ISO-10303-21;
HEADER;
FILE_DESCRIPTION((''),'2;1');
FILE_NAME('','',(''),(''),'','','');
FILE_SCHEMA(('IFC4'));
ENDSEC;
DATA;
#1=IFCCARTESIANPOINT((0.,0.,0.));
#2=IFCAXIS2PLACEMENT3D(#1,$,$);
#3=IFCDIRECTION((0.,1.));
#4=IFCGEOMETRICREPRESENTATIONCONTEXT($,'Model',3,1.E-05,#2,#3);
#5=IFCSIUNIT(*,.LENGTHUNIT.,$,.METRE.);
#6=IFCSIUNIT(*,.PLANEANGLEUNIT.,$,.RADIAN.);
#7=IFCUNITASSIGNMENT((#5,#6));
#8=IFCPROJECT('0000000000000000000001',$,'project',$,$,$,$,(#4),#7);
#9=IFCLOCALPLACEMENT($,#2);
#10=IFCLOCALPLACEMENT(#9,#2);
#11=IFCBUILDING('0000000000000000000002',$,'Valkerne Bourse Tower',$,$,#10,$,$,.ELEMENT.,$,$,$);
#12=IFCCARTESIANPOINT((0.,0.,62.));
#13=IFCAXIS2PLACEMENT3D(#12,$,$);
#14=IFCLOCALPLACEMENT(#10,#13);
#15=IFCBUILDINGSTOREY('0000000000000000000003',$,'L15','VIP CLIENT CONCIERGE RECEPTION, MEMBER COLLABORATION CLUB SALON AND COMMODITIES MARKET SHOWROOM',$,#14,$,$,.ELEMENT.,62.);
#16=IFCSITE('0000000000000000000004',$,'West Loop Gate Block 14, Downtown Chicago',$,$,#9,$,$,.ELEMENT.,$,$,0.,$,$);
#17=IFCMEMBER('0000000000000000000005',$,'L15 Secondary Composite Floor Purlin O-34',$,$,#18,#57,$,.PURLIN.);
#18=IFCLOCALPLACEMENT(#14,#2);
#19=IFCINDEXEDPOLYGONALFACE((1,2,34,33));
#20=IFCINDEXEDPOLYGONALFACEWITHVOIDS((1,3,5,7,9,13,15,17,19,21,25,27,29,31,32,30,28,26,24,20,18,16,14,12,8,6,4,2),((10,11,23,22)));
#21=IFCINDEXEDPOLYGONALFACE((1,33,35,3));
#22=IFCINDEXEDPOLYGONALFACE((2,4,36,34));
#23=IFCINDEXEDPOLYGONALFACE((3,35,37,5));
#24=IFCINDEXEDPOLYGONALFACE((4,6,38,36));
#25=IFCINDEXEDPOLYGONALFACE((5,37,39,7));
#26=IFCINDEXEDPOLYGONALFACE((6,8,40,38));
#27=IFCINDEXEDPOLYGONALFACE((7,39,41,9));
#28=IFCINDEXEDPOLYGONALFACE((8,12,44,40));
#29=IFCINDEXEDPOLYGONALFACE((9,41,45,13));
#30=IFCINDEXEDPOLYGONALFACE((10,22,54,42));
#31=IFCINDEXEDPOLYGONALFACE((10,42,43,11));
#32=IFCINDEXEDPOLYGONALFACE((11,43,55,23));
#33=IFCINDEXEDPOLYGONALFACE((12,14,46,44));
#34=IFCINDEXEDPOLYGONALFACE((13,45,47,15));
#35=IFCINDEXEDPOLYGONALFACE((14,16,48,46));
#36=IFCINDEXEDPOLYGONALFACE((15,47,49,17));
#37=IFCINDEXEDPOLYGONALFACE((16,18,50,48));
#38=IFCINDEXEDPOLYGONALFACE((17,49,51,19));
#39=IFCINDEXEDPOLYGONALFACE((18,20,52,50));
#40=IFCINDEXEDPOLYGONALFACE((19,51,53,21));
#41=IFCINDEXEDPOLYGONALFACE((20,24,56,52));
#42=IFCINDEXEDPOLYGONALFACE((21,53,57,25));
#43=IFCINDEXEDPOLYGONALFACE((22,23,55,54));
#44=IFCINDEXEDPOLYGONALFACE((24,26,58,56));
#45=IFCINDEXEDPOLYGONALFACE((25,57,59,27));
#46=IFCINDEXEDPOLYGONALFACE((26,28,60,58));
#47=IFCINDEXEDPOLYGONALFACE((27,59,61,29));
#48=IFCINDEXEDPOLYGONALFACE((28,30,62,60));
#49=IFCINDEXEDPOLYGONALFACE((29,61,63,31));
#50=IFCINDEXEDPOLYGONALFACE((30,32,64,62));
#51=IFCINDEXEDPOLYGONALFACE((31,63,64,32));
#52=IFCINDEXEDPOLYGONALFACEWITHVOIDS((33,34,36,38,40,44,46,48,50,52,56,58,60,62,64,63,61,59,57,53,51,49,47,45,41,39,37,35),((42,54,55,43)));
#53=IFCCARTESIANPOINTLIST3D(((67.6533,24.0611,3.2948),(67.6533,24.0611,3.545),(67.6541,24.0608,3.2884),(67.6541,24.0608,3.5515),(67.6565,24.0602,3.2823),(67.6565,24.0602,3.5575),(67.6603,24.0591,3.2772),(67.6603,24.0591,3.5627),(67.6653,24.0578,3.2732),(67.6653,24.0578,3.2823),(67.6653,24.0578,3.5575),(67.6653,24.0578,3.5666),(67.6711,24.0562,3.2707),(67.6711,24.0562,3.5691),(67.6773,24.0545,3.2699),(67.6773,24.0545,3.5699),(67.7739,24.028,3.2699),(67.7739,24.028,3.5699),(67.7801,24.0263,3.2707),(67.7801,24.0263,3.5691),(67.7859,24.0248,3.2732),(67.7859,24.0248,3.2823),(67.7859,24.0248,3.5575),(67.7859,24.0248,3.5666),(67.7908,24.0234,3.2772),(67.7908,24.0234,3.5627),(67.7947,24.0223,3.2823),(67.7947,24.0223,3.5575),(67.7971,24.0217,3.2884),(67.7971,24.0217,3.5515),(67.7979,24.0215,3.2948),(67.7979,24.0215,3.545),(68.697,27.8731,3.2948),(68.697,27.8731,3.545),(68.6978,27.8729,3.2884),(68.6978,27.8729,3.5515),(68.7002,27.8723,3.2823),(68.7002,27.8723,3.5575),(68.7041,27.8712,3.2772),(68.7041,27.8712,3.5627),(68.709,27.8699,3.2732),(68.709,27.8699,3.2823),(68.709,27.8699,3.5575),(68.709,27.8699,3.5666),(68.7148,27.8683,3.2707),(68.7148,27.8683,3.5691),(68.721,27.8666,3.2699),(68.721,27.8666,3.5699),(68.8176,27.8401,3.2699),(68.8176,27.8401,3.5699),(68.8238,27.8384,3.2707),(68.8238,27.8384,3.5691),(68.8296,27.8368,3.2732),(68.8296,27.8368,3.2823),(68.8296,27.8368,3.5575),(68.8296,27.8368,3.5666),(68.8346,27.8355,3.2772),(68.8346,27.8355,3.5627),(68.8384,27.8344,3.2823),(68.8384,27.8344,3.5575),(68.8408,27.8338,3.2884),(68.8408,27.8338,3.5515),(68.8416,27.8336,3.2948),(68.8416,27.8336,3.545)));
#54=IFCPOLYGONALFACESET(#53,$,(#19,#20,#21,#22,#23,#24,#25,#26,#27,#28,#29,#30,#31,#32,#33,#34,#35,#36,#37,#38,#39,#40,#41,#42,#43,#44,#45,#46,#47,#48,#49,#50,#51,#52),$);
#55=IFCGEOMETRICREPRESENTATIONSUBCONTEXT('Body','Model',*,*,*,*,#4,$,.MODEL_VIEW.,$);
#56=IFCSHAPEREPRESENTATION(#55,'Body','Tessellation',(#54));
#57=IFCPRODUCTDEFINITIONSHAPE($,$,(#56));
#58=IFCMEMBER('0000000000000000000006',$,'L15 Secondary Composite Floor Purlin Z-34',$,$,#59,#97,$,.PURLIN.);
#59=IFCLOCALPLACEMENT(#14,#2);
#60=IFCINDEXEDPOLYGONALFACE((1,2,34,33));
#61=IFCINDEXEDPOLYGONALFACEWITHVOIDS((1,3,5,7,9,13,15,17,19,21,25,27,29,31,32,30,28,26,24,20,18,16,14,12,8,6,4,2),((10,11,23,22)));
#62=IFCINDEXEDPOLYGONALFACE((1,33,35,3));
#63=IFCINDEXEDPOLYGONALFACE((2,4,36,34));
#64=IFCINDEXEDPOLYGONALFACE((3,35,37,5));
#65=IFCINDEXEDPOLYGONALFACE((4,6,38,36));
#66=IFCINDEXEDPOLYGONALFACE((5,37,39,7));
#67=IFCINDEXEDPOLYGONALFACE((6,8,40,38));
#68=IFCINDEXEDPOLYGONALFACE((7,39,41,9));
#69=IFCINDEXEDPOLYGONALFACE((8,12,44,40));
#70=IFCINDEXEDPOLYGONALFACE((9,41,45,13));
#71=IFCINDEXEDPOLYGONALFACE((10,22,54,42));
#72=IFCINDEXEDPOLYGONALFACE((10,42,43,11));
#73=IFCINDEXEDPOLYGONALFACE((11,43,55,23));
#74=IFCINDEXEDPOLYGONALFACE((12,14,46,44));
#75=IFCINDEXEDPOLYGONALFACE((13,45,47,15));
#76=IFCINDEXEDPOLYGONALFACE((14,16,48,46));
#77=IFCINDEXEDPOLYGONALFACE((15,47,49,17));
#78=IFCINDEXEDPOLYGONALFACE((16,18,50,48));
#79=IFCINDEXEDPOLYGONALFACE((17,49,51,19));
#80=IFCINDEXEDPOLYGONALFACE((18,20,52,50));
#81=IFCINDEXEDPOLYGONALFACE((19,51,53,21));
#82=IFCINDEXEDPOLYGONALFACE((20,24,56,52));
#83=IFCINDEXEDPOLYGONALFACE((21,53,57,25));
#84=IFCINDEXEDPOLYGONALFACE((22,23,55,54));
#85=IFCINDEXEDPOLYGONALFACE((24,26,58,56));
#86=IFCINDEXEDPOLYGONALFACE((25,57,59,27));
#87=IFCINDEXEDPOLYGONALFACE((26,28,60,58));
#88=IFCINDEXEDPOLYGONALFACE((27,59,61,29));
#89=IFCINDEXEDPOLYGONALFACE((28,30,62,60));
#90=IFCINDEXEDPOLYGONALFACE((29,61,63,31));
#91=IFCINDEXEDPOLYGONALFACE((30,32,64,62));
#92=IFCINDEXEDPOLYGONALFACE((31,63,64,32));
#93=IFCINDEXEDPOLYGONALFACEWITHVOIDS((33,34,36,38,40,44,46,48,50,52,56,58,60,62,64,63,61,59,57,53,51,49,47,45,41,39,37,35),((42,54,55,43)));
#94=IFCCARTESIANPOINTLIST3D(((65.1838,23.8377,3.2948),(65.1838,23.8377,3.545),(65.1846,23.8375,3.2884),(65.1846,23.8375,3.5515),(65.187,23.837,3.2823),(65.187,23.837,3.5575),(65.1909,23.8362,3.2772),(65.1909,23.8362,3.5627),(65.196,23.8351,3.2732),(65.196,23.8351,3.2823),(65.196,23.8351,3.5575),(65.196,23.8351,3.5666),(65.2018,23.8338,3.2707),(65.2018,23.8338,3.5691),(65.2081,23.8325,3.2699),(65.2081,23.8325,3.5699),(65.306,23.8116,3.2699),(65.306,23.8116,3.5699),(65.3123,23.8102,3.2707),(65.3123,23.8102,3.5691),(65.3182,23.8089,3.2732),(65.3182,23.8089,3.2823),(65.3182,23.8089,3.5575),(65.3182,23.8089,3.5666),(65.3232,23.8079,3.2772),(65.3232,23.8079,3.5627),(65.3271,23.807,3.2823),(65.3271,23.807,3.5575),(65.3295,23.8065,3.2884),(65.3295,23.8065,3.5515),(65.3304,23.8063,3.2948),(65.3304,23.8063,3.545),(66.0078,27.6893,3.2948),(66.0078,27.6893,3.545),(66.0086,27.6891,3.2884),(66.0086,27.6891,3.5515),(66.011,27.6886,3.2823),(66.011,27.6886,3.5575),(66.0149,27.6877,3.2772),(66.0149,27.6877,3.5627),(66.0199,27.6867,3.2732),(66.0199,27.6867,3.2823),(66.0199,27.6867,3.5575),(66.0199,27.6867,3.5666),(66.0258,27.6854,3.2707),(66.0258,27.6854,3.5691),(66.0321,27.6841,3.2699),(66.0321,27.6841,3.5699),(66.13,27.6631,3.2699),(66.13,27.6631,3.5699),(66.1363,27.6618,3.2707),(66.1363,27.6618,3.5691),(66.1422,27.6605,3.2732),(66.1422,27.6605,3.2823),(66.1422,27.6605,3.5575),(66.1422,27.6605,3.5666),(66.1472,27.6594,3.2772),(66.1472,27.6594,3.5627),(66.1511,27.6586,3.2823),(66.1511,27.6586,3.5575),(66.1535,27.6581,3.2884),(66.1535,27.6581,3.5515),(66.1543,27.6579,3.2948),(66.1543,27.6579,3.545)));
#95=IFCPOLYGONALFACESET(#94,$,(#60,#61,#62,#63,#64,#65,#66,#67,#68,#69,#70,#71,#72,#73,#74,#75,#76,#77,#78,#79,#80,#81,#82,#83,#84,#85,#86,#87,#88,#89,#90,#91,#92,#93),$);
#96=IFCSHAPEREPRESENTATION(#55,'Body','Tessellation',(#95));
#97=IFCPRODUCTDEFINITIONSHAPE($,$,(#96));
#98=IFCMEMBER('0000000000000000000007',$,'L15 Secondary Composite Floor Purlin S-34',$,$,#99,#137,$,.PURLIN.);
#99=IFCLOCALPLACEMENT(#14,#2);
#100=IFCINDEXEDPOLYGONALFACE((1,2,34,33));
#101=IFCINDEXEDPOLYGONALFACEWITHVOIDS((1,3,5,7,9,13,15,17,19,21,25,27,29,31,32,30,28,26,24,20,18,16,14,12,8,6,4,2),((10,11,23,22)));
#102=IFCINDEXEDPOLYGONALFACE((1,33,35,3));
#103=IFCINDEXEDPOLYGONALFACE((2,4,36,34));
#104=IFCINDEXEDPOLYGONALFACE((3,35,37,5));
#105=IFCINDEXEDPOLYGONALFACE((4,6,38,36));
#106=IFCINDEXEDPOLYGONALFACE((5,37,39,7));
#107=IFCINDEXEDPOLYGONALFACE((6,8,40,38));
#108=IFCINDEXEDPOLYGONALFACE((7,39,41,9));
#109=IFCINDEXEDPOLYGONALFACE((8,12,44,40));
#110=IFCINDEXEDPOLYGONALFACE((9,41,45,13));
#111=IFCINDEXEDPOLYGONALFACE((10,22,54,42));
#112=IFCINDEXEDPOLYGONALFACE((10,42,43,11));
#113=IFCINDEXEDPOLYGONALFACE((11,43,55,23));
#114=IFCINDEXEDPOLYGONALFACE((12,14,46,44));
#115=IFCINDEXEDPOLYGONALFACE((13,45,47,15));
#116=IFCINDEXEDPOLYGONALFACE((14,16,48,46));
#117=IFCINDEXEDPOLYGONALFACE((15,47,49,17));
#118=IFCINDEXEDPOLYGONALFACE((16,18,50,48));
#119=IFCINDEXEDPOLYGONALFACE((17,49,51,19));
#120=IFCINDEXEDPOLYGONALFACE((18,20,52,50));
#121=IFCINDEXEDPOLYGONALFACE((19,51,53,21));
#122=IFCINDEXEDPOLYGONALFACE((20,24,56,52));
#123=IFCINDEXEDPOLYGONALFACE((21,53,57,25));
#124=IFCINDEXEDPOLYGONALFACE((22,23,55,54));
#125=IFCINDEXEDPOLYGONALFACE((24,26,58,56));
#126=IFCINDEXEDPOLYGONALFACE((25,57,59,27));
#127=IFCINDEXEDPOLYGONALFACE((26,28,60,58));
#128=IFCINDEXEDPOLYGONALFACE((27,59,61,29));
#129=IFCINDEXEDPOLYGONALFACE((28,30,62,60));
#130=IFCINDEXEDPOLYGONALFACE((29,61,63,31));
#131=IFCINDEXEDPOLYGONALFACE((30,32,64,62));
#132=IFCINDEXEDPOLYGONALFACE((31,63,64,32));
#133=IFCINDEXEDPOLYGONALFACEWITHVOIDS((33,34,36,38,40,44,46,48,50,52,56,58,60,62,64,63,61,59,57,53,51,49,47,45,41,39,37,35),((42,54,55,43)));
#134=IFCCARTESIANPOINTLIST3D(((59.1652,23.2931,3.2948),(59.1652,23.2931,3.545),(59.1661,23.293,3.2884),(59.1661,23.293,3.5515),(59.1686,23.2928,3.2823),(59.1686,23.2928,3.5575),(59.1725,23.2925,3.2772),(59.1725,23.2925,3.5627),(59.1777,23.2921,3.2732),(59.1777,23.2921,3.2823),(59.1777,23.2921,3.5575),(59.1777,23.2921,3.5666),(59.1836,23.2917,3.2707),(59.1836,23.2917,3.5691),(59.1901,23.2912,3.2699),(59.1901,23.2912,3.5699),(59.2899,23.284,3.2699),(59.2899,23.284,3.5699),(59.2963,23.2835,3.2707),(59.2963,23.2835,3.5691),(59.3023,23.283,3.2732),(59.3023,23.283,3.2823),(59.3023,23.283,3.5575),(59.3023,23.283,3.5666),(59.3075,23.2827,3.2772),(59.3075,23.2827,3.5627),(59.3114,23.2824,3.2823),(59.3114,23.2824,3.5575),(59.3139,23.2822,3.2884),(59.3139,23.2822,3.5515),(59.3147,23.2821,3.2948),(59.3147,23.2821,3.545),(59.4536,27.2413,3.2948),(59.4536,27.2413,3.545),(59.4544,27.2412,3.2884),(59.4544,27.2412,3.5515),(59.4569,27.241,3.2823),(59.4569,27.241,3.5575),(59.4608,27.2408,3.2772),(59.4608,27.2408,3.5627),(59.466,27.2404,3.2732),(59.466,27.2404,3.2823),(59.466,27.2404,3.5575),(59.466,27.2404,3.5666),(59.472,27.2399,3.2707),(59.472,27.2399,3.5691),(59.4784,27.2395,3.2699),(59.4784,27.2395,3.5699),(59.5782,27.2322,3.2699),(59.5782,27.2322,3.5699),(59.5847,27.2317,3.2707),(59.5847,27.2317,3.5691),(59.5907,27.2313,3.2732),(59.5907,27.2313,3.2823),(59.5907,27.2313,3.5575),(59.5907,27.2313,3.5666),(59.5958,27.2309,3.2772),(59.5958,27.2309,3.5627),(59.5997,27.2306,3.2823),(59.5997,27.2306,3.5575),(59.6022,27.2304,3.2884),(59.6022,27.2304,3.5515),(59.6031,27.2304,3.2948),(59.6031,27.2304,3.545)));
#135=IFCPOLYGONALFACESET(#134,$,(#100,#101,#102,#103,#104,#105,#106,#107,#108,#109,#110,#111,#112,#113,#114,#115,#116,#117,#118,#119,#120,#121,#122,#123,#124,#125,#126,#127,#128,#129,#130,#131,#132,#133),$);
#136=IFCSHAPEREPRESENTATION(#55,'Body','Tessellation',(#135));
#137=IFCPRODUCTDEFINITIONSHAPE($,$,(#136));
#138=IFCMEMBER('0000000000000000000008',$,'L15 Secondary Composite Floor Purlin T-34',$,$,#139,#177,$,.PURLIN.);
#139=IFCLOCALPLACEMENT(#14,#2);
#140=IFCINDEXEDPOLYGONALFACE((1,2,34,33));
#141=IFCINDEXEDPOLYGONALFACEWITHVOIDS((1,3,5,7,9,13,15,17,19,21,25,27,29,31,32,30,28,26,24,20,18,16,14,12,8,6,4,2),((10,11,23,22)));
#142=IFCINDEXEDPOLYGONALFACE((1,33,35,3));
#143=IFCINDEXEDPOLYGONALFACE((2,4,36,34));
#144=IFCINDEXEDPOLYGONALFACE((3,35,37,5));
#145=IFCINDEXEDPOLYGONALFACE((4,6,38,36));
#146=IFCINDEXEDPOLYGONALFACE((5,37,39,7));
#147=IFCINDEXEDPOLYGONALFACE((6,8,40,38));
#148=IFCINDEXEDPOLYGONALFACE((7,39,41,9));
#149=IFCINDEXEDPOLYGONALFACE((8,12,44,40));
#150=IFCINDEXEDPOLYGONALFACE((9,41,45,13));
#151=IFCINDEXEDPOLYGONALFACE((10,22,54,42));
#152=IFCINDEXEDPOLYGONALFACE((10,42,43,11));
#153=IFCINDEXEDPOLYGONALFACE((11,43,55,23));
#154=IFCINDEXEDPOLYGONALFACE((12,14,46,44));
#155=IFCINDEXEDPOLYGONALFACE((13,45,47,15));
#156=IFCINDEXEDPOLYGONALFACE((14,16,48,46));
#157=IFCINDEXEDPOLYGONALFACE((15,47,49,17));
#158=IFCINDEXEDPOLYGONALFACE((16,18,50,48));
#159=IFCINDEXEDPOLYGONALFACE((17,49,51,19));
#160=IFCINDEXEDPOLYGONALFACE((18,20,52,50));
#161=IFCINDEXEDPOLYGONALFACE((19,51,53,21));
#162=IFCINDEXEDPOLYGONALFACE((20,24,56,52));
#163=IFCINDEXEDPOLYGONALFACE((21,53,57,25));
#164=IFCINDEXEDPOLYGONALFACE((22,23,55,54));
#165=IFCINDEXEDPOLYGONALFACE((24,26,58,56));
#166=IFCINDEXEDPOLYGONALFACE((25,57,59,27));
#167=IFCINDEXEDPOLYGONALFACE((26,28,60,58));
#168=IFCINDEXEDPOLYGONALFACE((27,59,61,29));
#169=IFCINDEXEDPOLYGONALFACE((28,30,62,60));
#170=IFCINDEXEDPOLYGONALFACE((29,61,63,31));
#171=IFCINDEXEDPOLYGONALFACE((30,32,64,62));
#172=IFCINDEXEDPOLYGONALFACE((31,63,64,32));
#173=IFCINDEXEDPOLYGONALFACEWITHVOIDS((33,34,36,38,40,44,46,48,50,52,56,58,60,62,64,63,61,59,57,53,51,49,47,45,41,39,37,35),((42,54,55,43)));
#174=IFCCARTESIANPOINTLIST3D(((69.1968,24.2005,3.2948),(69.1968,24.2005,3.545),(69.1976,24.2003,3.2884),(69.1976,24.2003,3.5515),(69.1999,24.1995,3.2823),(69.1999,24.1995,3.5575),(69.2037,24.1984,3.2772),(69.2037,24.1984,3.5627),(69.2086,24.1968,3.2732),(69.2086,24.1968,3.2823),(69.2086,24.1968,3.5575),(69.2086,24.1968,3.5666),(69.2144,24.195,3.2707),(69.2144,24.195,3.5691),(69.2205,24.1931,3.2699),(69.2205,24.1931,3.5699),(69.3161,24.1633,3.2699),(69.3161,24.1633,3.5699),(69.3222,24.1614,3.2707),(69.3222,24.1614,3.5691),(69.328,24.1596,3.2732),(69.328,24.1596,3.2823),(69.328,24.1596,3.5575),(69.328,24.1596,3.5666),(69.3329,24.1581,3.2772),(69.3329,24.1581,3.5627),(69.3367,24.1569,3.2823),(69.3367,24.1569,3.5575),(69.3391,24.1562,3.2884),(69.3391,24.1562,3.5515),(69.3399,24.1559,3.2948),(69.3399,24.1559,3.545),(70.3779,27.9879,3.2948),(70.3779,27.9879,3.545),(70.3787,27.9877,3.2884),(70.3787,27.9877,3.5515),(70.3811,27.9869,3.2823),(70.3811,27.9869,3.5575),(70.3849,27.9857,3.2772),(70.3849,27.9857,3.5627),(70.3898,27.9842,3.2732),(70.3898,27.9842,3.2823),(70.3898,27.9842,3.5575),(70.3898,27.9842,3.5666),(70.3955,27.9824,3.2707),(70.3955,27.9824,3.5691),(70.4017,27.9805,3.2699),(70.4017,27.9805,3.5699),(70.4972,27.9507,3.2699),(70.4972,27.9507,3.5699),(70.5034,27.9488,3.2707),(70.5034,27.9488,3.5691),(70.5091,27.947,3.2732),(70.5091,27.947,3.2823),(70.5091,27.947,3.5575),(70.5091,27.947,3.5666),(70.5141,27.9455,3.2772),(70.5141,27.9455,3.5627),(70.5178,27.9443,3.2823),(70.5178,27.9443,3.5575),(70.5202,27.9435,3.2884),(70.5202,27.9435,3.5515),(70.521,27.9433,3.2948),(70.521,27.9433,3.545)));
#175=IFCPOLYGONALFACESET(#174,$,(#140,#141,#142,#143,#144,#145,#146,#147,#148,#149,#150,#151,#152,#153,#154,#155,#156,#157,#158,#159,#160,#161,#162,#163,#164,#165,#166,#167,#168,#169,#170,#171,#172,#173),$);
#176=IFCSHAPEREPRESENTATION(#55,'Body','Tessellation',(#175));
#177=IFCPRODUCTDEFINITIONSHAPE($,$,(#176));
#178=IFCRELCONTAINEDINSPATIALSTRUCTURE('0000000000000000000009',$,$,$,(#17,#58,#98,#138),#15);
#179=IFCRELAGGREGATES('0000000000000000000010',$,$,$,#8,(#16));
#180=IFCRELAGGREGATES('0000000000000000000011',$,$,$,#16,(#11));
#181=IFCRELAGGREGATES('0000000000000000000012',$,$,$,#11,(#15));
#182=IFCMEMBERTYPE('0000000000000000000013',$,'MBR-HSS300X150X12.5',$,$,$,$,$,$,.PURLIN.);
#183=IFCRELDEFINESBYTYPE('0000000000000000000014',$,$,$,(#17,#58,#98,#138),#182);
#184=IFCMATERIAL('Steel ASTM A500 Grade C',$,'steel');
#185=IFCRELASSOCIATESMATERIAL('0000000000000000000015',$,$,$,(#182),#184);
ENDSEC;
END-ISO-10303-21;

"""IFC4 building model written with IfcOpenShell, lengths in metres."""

from ifc_helpers import new_model, si_unit, direction, frame, origin, origin_2d, place, context, subcontext, project, spatial, hollow_rectangle, extrude, material, material_profile, profile_set, type_object, element, save


model = new_model("IFC4")

# Units and contexts
model_context = context("Model", 3, precision=1e-05, world=origin(), true_north=direction((0.0, 1.0)))
body_context = subcontext(model_context, "Body", "Model", "MODEL_VIEW")
ifc_project = project(units=[si_unit("LENGTHUNIT", "METRE"), si_unit("PLANEANGLEUNIT", "RADIAN")], contexts=[model_context])

# Site, building, storey
site_placement = place(None, origin())
site = spatial("IfcSite", under=ifc_project, at=site_placement, Name="West Loop Gate Block 14, Downtown Chicago", CompositionType="ELEMENT", RefElevation=0.0)
building_placement = place(site_placement, origin())
building = spatial("IfcBuilding", under=site, at=building_placement, Name="Valkerne Bourse Tower", CompositionType="ELEMENT")
storey_placement = place(building_placement, frame((0.0, 0.0, 62.0)))
storey = spatial("IfcBuildingStorey", under=building, at=storey_placement, Name="L15", Description="VIP CLIENT CONCIERGE RECEPTION, MEMBER COLLABORATION CLUB SALON AND COMMODITIES MARKET SHOWROOM", CompositionType="ELEMENT", Elevation=62.0)

# Members
ifc_material_1 = material(Name="Steel ASTM A500 Grade C", Category="steel")
ifc_material_profile_1 = material_profile(ifc_material_1, hollow_rectangle(XDim=0.1499, YDim=0.3, WallThickness=0.0125, OuterFilletRadius=0.0249, at=origin_2d()), Name="HSS300X150X12.5")
ifc_profile_set_1 = profile_set([ifc_material_profile_1], Name="Steel ASTM A500 Grade C")
member_type_1 = type_object("IfcMemberType", Name="MBR-HSS300X150X12.5", PredefinedType="PURLIN", material=ifc_profile_set_1)
member_1_placement = place(storey_placement, frame((67.7256, 24.0413, 3.4199), z_axis=(0.264074, 0.964502, 0.0), x_axis=(-0.964502, 0.264074, 0.0)))
element("IfcMember", 1, at=member_1_placement, inside=storey, type_object=member_type_1, Name="L15 Secondary Composite Floor Purlin O-34", PredefinedType="PURLIN", context=body_context, shape_type="SweptSolid", body=[
    extrude(hollow_rectangle(XDim=0.1499, YDim=0.3, WallThickness=0.0125, OuterFilletRadius=0.0249, at=origin_2d()), origin(), (0.0, 0.0, 1.0), 3.9524),
])
member_2_placement = place(storey_placement, frame((65.2571, 23.822, 3.4199), z_axis=(0.209199, 0.977873, 0.0), x_axis=(-0.977873, 0.209199, 0.0)))
element("IfcMember", 2, at=member_2_placement, inside=storey, type_object=member_type_1, Name="L15 Secondary Composite Floor Purlin Z-34", PredefinedType="PURLIN", context=body_context, shape_type="SweptSolid", body=[
    extrude(hollow_rectangle(XDim=0.1499, YDim=0.3, WallThickness=0.0125, OuterFilletRadius=0.0249, at=origin_2d()), origin(), (0.0, 0.0, 1.0), 3.9387),
])
member_3_placement = place(storey_placement, frame((59.24, 23.2876, 3.4199), z_axis=(0.072834, 0.997344, 0.0), x_axis=(-0.997344, 0.072834, 0.0)))
element("IfcMember", 3, at=member_3_placement, inside=storey, type_object=member_type_1, Name="L15 Secondary Composite Floor Purlin S-34", PredefinedType="PURLIN", context=body_context, shape_type="SweptSolid", body=[
    extrude(hollow_rectangle(XDim=0.1499, YDim=0.3, WallThickness=0.0125, OuterFilletRadius=0.0249, at=origin_2d()), origin(), (0.0, 0.0, 1.0), 3.9587),
])
member_4_placement = place(storey_placement, frame((69.2683, 24.1782, 3.4199), z_axis=(0.297725, 0.954652, 0.0), x_axis=(-0.954652, 0.297725, 0.0)))
element("IfcMember", 4, at=member_4_placement, inside=storey, type_object=member_type_1, Name="L15 Secondary Composite Floor Purlin T-34", PredefinedType="PURLIN", context=body_context, shape_type="SweptSolid", body=[
    extrude(hollow_rectangle(XDim=0.1499, YDim=0.3, WallThickness=0.0125, OuterFilletRadius=0.0249, at=origin_2d()), origin(), (0.0, 0.0, 1.0), 3.9673),
])

save(model, "model.ifc")
